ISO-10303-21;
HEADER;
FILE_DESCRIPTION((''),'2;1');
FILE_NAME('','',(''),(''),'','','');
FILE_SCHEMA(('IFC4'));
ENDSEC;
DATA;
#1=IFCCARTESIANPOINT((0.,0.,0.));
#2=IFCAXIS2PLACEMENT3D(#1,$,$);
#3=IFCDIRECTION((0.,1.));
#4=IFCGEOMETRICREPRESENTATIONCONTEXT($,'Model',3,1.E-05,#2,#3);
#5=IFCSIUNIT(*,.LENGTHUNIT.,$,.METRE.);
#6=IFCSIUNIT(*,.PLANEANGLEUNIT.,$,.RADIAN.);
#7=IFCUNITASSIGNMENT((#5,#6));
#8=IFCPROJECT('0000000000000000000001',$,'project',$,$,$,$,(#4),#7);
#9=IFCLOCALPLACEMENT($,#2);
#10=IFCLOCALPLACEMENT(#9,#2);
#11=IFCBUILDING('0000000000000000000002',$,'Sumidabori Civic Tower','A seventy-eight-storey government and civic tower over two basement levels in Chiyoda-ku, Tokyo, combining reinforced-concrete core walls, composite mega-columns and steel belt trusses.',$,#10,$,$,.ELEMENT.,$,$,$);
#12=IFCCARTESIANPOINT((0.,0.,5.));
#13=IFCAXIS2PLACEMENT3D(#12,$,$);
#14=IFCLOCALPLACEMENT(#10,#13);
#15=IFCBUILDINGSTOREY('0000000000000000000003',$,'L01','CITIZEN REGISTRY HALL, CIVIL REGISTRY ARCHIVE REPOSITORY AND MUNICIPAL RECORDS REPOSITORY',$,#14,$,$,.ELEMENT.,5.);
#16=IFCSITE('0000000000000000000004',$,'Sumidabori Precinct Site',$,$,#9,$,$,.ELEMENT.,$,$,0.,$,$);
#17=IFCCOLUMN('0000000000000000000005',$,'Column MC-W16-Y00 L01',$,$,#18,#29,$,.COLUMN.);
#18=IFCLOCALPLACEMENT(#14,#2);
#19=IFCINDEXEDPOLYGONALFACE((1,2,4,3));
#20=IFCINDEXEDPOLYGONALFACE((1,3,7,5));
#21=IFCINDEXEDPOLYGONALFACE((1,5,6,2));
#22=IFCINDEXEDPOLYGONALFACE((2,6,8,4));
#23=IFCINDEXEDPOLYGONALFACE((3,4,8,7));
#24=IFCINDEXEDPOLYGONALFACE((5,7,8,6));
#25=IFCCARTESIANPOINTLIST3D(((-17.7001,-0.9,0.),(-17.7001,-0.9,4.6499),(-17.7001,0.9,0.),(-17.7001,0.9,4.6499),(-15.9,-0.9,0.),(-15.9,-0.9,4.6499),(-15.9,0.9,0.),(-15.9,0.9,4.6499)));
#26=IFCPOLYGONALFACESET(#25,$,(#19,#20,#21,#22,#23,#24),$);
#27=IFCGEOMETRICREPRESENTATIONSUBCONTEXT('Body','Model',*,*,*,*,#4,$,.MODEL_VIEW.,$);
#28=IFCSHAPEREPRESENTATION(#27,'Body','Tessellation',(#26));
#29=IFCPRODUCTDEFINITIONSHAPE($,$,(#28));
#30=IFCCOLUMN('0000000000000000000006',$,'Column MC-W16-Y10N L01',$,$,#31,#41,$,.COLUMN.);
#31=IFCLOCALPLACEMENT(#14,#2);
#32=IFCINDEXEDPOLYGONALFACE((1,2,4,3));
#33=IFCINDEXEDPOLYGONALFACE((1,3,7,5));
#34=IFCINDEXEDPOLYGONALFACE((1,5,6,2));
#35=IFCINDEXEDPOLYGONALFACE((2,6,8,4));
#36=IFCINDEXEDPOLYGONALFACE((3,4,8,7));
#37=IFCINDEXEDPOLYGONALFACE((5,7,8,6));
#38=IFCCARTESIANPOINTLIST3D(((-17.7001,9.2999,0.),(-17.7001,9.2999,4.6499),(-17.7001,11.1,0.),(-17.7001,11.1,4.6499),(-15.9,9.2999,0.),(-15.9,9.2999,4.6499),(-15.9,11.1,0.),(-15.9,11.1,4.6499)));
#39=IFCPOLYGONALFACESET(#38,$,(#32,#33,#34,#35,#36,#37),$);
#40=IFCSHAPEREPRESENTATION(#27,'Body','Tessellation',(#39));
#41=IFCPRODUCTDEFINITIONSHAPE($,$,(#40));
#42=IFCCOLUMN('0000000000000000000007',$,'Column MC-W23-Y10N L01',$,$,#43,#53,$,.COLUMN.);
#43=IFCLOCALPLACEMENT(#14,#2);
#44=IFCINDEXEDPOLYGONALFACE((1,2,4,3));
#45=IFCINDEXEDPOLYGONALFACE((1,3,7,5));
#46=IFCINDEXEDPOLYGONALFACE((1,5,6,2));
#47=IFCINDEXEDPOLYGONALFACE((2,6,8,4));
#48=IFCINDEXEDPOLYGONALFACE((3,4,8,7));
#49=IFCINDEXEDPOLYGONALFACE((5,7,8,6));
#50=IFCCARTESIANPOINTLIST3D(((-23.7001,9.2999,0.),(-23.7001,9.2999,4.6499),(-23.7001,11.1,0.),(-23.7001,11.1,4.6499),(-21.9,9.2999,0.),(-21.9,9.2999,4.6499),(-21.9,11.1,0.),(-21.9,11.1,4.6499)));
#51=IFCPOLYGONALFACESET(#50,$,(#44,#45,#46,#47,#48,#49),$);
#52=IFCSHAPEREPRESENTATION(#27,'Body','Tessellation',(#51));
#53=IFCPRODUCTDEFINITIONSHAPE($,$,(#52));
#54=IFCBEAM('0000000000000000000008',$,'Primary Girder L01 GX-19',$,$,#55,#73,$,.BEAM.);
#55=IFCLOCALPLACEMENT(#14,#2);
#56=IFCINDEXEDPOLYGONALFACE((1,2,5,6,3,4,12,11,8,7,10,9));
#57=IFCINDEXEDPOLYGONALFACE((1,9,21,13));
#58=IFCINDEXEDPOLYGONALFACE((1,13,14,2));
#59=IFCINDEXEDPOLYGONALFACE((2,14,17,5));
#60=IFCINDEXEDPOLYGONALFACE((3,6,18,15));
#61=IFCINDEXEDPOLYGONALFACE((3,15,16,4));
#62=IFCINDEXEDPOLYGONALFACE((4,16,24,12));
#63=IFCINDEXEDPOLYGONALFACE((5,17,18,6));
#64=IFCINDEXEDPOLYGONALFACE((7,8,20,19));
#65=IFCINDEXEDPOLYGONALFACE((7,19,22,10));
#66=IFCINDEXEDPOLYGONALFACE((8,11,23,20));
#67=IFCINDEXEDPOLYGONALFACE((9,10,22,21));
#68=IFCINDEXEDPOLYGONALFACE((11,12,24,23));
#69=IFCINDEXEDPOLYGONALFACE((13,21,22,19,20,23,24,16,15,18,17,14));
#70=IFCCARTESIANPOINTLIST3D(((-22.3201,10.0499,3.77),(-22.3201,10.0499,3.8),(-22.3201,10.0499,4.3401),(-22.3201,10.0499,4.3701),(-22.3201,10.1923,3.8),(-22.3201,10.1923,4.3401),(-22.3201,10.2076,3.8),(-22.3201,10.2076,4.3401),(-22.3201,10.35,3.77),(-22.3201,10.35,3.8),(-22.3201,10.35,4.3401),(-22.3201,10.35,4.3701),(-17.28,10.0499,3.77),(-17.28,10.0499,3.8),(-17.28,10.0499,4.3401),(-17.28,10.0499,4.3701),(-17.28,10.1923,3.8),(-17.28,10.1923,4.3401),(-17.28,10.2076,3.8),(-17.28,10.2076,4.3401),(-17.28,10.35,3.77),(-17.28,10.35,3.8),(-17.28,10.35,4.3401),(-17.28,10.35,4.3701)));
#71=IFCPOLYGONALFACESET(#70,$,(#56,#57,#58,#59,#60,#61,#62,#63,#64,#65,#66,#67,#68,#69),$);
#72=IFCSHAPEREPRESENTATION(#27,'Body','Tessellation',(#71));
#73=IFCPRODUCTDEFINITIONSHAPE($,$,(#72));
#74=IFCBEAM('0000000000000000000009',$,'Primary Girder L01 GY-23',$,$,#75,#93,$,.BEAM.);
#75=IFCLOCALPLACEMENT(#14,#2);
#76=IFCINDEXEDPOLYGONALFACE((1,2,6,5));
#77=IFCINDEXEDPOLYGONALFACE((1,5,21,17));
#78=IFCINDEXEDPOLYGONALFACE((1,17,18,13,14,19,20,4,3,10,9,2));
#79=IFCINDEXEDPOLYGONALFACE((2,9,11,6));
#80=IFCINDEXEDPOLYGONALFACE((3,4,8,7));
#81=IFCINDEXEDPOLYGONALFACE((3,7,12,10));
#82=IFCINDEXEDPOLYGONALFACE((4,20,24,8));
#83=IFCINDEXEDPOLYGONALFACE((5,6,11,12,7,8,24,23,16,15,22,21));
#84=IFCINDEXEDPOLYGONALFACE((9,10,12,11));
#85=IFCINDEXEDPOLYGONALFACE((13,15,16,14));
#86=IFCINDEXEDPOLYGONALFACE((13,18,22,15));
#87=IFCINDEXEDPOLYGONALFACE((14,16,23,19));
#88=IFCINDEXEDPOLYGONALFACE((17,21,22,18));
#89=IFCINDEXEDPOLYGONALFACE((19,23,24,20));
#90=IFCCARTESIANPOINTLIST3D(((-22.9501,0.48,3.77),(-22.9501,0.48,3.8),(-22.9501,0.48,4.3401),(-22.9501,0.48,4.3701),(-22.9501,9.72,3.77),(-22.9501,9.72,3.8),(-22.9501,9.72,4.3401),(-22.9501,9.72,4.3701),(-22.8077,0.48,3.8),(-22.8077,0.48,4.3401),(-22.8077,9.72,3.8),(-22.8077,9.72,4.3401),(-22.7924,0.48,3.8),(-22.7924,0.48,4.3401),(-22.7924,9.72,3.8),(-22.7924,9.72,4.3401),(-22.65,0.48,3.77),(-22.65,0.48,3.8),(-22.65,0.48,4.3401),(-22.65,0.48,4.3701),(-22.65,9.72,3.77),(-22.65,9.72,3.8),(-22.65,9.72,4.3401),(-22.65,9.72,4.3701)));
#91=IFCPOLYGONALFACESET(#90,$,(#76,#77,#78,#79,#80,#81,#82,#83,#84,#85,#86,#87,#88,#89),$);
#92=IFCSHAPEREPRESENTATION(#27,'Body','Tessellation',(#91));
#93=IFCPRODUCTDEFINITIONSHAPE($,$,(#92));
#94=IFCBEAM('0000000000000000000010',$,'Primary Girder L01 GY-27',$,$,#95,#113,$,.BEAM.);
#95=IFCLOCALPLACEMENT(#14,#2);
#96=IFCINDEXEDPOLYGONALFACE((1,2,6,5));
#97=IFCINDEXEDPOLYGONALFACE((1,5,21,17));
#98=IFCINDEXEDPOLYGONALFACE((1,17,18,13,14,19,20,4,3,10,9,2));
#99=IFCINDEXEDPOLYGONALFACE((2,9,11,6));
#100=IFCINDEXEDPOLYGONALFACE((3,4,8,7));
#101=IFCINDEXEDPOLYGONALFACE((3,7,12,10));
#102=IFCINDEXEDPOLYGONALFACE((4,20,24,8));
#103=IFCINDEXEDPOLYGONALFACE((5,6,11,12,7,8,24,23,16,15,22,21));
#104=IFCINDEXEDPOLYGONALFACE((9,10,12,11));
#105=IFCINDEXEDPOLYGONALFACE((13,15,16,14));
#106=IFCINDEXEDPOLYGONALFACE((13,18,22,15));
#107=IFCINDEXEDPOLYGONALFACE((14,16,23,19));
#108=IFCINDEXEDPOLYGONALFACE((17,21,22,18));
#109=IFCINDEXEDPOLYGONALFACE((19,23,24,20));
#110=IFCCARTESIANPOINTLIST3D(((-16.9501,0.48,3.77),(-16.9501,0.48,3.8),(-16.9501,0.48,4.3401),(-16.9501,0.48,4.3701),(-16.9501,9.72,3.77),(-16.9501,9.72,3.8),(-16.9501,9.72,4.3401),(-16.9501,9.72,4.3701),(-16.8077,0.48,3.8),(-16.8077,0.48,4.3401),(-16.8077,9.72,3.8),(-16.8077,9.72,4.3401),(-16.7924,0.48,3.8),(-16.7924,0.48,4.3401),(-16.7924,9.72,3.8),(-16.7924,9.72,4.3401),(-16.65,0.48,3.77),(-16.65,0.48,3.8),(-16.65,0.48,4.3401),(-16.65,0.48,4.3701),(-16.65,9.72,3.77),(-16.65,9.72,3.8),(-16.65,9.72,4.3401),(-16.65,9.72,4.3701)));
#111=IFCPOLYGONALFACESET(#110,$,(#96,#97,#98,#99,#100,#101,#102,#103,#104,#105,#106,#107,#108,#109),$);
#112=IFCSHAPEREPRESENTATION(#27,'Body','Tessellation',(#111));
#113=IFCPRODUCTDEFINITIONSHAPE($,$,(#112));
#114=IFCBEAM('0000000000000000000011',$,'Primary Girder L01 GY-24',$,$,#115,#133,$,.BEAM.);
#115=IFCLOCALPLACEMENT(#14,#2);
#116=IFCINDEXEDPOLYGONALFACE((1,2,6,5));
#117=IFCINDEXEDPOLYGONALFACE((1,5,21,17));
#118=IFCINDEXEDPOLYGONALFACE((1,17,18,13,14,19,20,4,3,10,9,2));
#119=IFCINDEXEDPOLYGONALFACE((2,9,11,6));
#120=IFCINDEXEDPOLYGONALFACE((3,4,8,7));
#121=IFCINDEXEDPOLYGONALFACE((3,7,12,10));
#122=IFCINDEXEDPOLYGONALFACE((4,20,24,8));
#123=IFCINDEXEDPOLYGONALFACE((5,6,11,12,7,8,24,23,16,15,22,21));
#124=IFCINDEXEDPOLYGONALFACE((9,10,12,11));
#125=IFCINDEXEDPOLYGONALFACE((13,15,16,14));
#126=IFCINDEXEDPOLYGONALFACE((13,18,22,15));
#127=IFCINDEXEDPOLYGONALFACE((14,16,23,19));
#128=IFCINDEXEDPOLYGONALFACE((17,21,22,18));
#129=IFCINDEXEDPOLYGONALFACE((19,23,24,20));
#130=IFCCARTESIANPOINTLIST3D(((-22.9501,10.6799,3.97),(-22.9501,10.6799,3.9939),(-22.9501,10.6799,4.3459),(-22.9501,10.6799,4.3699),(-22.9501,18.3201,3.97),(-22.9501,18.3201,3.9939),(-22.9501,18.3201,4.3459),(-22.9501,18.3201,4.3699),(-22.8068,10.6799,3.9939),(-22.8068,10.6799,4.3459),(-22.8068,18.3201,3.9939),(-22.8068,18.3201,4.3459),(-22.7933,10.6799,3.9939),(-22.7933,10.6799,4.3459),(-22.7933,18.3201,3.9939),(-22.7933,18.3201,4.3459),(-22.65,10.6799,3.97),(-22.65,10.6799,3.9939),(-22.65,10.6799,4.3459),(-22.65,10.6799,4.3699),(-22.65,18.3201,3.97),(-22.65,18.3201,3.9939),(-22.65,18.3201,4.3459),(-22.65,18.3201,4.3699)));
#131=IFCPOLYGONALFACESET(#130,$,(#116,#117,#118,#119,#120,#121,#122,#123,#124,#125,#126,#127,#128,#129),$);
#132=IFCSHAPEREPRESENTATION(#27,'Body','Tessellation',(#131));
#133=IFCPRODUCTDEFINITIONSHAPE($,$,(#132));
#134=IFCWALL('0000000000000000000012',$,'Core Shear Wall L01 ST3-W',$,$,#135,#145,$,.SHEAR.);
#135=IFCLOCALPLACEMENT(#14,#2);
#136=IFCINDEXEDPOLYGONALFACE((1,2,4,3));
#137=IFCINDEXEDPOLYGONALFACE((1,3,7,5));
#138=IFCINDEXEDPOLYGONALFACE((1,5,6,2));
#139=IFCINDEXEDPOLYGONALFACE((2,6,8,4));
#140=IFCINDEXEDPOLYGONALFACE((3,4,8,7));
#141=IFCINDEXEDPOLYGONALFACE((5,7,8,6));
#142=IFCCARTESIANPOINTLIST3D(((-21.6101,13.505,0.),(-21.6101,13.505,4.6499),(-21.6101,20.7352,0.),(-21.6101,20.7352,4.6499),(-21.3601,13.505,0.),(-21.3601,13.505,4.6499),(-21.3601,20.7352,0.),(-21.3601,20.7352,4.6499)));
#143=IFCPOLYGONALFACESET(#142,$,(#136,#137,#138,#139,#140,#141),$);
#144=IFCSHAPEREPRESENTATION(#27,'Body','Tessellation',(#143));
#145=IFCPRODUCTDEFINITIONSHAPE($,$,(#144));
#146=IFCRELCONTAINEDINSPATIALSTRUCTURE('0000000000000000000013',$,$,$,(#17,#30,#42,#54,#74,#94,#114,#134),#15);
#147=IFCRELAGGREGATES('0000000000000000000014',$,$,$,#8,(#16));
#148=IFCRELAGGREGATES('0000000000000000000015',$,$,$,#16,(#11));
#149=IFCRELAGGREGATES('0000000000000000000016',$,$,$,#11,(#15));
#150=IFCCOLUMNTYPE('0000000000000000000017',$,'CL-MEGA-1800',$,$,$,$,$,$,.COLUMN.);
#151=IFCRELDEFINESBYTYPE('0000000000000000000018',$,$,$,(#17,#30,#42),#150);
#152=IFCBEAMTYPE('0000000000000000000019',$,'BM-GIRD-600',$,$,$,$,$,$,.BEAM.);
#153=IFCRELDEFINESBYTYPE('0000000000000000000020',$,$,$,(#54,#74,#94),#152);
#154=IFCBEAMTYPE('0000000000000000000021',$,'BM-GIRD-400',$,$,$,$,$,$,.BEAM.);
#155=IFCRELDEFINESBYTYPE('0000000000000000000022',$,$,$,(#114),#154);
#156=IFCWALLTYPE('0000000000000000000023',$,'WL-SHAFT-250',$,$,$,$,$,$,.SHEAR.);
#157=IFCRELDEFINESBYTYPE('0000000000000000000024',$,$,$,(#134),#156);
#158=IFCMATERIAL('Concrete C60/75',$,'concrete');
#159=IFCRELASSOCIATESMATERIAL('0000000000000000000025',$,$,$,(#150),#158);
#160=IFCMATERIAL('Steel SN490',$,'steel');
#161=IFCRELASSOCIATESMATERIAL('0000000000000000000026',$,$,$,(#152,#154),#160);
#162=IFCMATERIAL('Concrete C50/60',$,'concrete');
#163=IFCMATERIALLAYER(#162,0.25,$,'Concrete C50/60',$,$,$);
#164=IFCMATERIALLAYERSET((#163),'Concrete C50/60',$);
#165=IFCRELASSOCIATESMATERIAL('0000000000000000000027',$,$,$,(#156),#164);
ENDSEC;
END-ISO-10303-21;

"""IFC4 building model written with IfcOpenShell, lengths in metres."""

from ifc_helpers import new_model, si_unit, direction, frame, frame_2d, origin, origin_2d, place, context, subcontext, project, spatial, rectangle, i_section, extrude, source, transform, mapped, material, layer, layer_set, material_profile, profile_set, type_object, element, save


model = new_model("IFC4")

# Units and contexts
model_context = context("Model", 3, precision=1e-05, world=origin(), true_north=direction((0.0, 1.0)))
body_context = subcontext(model_context, "Body", "Model", "MODEL_VIEW")
ifc_project = project(units=[si_unit("LENGTHUNIT", "METRE"), si_unit("PLANEANGLEUNIT", "RADIAN")], contexts=[model_context])

# Site, building, storey
site_placement = place(None, origin())
site = spatial("IfcSite", under=ifc_project, at=site_placement, Name="Sumidabori Precinct Site", CompositionType="ELEMENT", RefElevation=0.0)
building_placement = place(site_placement, origin())
building = spatial("IfcBuilding", under=site, at=building_placement, Name="Sumidabori Civic Tower", Description="A seventy-eight-storey government and civic tower over two basement levels in Chiyoda-ku, Tokyo, combining reinforced-concrete core walls, composite mega-columns and steel belt trusses.", CompositionType="ELEMENT")
storey_placement = place(building_placement, frame((0.0, 0.0, 5.0)))
storey = spatial("IfcBuildingStorey", under=building, at=storey_placement, Name="L01", Description="CITIZEN REGISTRY HALL, CIVIL REGISTRY ARCHIVE REPOSITORY AND MUNICIPAL RECORDS REPOSITORY", CompositionType="ELEMENT", Elevation=5.0)

# Columns
ifc_material_1 = material(Name="Concrete C60/75", Category="concrete")
ifc_material_profile_1 = material_profile(ifc_material_1, rectangle(XDim=1.8, YDim=1.8, at=origin_2d()), Name="RC 1800x1800")
ifc_profile_set_1 = profile_set([ifc_material_profile_1], Name="Concrete C60/75")
column_type = type_object("IfcColumnType", Name="CL-MEGA-1800", PredefinedType="COLUMN", material=ifc_profile_set_1)
shared_shape_1 = source(origin(), body_context, "Body", "SweptSolid", [
    extrude(rectangle(XDim=1.8, YDim=1.8, at=origin_2d()), origin(), (0.0, 0.0, 1.0), 4.6499),
])
for number, where, z_axis, x_axis, name in (
    (1, (-16.8, 0.0, 0.0), (0.0, 0.0, 1.0), (1.0, 0.0, 0.0), "Column MC-W16-Y00 L01"),
    (2, (-16.8, 10.2, 0.0), (0.0, 0.0, 1.0), (1.0, 0.0, 0.0), "Column MC-W16-Y10N L01"),
    (3, (-22.8, 10.2, 0.0), (0.0, 0.0, 1.0), (1.0, 0.0, 0.0), "Column MC-W23-Y10N L01"),
):
    element("IfcColumn", number, at=place(storey_placement, frame(where, z_axis=z_axis, x_axis=x_axis)), inside=storey, type_object=column_type, Name=name, PredefinedType="COLUMN", context=body_context, shape_type="MappedRepresentation", body=[
        mapped(shared_shape_1, transform((0.0, 0.0, 0.0), x_axis=(1.0, 0.0, 0.0), y_axis=(0.0, 1.0, 0.0), z_axis=(0.0, 0.0, 1.0), scale=1.0)),
    ])

# Beams
ifc_material_2 = material(Name="Steel SN490", Category="steel")
ifc_material_profile_2 = material_profile(ifc_material_2, i_section(OverallWidth=0.3, OverallDepth=0.6001, WebThickness=0.0154, FlangeThickness=0.03, at=origin_2d()), Name="HE 600 B")
ifc_profile_set_2 = profile_set([ifc_material_profile_2], Name="Steel SN490")
beam_type_1 = type_object("IfcBeamType", Name="BM-GIRD-600", PredefinedType="BEAM", material=ifc_profile_set_2)
shared_shape_2 = source(origin(), body_context, "Body", "SweptSolid", [
    extrude(i_section(OverallWidth=0.3, OverallDepth=0.6001, WebThickness=0.0154, FlangeThickness=0.03, at=origin_2d()), origin(), (0.0, 0.0, 1.0), 5.04),
])
beam_1_placement = place(storey_placement, frame((-22.3201, 10.2, 4.0701), z_axis=(1.0, 0.0, 0.0), x_axis=(0.0, 1.0, 0.0)))
element("IfcBeam", 4, at=beam_1_placement, inside=storey, type_object=beam_type_1, Name="Primary Girder L01 GX-19", PredefinedType="BEAM", context=body_context, shape_type="MappedRepresentation", body=[
    mapped(shared_shape_2, transform((0.0, 0.0, 0.0), x_axis=(1.0, 0.0, 0.0), y_axis=(0.0, 1.0, 0.0), z_axis=(0.0, 0.0, 1.0), scale=1.0)),
])
shared_shape_3 = source(origin(), body_context, "Body", "SweptSolid", [
    extrude(i_section(OverallWidth=0.3, OverallDepth=0.6001, WebThickness=0.0154, FlangeThickness=0.03, at=origin_2d()), origin(), (0.0, 0.0, 1.0), 9.24),
])
for number, where, z_axis, x_axis, name in (
    (5, (-22.8, 0.48, 4.0701), (0.0, 1.0, 0.0), (-1.0, 0.0, 0.0), "Primary Girder L01 GY-23"),
    (6, (-16.8, 0.48, 4.0701), (0.0, 1.0, 0.0), (-1.0, 0.0, 0.0), "Primary Girder L01 GY-27"),
):
    element("IfcBeam", number, at=place(storey_placement, frame(where, z_axis=z_axis, x_axis=x_axis)), inside=storey, type_object=beam_type_1, Name=name, PredefinedType="BEAM", context=body_context, shape_type="MappedRepresentation", body=[
        mapped(shared_shape_3, transform((0.0, 0.0, 0.0), x_axis=(1.0, 0.0, 0.0), y_axis=(0.0, 1.0, 0.0), z_axis=(0.0, 0.0, 1.0), scale=1.0)),
    ])
ifc_material_profile_3 = material_profile(ifc_material_2, i_section(OverallWidth=0.3, OverallDepth=0.3999, WebThickness=0.0134, FlangeThickness=0.0239, at=origin_2d()), Name="HE 400 B")
ifc_profile_set_3 = profile_set([ifc_material_profile_3], Name="Steel SN490")
beam_type_2 = type_object("IfcBeamType", Name="BM-GIRD-400", PredefinedType="BEAM", material=ifc_profile_set_3)
shared_shape_4 = source(origin(), body_context, "Body", "SweptSolid", [
    extrude(i_section(OverallWidth=0.3, OverallDepth=0.3999, WebThickness=0.0134, FlangeThickness=0.0239, at=origin_2d()), origin(), (0.0, 0.0, 1.0), 7.6401),
])
beam_2_placement = place(storey_placement, frame((-22.8, 10.6799, 4.1699), z_axis=(0.0, 1.0, 0.0), x_axis=(-1.0, 0.0, 0.0)))
element("IfcBeam", 7, at=beam_2_placement, inside=storey, type_object=beam_type_2, Name="Primary Girder L01 GY-24", PredefinedType="BEAM", context=body_context, shape_type="MappedRepresentation", body=[
    mapped(shared_shape_4, transform((0.0, 0.0, 0.0), x_axis=(1.0, 0.0, 0.0), y_axis=(0.0, 1.0, 0.0), z_axis=(0.0, 0.0, 1.0), scale=1.0)),
])

# Shared definitions
ifc_material_3 = material(Name="Concrete C50/60", Category="concrete")
ifc_layer_1 = layer(ifc_material_3, 0.25, Name="Concrete C50/60")
ifc_layer_set_1 = layer_set([ifc_layer_1], Name="Concrete C50/60")
wall_type_1 = type_object("IfcWallType", Name="WL-SHAFT-250", PredefinedType="SHEAR", material=ifc_layer_set_1)

# Wall
shared_shape_5 = source(origin(), body_context, "Body", "SweptSolid", [
    extrude(rectangle(XDim=7.2302, YDim=0.25, at=frame_2d((3.6152, 0.0))), origin(), (0.0, 0.0, 1.0), 4.6499),
])
wall_1_placement = place(storey_placement, frame((-21.4851, 13.5049, 0.0), z_axis=(0.0, 0.0, 1.0), x_axis=(0.0, 1.0, 0.0)))
element("IfcWall", 8, at=wall_1_placement, inside=storey, type_object=wall_type_1, Name="Core Shear Wall L01 ST3-W", PredefinedType="SHEAR", context=body_context, shape_type="MappedRepresentation", body=[
    mapped(shared_shape_5, transform((0.0, 0.0, 0.0), x_axis=(1.0, 0.0, 0.0), y_axis=(0.0, 1.0, 0.0), z_axis=(0.0, 0.0, 1.0), scale=1.0)),
])

save(model, "model.ifc")
